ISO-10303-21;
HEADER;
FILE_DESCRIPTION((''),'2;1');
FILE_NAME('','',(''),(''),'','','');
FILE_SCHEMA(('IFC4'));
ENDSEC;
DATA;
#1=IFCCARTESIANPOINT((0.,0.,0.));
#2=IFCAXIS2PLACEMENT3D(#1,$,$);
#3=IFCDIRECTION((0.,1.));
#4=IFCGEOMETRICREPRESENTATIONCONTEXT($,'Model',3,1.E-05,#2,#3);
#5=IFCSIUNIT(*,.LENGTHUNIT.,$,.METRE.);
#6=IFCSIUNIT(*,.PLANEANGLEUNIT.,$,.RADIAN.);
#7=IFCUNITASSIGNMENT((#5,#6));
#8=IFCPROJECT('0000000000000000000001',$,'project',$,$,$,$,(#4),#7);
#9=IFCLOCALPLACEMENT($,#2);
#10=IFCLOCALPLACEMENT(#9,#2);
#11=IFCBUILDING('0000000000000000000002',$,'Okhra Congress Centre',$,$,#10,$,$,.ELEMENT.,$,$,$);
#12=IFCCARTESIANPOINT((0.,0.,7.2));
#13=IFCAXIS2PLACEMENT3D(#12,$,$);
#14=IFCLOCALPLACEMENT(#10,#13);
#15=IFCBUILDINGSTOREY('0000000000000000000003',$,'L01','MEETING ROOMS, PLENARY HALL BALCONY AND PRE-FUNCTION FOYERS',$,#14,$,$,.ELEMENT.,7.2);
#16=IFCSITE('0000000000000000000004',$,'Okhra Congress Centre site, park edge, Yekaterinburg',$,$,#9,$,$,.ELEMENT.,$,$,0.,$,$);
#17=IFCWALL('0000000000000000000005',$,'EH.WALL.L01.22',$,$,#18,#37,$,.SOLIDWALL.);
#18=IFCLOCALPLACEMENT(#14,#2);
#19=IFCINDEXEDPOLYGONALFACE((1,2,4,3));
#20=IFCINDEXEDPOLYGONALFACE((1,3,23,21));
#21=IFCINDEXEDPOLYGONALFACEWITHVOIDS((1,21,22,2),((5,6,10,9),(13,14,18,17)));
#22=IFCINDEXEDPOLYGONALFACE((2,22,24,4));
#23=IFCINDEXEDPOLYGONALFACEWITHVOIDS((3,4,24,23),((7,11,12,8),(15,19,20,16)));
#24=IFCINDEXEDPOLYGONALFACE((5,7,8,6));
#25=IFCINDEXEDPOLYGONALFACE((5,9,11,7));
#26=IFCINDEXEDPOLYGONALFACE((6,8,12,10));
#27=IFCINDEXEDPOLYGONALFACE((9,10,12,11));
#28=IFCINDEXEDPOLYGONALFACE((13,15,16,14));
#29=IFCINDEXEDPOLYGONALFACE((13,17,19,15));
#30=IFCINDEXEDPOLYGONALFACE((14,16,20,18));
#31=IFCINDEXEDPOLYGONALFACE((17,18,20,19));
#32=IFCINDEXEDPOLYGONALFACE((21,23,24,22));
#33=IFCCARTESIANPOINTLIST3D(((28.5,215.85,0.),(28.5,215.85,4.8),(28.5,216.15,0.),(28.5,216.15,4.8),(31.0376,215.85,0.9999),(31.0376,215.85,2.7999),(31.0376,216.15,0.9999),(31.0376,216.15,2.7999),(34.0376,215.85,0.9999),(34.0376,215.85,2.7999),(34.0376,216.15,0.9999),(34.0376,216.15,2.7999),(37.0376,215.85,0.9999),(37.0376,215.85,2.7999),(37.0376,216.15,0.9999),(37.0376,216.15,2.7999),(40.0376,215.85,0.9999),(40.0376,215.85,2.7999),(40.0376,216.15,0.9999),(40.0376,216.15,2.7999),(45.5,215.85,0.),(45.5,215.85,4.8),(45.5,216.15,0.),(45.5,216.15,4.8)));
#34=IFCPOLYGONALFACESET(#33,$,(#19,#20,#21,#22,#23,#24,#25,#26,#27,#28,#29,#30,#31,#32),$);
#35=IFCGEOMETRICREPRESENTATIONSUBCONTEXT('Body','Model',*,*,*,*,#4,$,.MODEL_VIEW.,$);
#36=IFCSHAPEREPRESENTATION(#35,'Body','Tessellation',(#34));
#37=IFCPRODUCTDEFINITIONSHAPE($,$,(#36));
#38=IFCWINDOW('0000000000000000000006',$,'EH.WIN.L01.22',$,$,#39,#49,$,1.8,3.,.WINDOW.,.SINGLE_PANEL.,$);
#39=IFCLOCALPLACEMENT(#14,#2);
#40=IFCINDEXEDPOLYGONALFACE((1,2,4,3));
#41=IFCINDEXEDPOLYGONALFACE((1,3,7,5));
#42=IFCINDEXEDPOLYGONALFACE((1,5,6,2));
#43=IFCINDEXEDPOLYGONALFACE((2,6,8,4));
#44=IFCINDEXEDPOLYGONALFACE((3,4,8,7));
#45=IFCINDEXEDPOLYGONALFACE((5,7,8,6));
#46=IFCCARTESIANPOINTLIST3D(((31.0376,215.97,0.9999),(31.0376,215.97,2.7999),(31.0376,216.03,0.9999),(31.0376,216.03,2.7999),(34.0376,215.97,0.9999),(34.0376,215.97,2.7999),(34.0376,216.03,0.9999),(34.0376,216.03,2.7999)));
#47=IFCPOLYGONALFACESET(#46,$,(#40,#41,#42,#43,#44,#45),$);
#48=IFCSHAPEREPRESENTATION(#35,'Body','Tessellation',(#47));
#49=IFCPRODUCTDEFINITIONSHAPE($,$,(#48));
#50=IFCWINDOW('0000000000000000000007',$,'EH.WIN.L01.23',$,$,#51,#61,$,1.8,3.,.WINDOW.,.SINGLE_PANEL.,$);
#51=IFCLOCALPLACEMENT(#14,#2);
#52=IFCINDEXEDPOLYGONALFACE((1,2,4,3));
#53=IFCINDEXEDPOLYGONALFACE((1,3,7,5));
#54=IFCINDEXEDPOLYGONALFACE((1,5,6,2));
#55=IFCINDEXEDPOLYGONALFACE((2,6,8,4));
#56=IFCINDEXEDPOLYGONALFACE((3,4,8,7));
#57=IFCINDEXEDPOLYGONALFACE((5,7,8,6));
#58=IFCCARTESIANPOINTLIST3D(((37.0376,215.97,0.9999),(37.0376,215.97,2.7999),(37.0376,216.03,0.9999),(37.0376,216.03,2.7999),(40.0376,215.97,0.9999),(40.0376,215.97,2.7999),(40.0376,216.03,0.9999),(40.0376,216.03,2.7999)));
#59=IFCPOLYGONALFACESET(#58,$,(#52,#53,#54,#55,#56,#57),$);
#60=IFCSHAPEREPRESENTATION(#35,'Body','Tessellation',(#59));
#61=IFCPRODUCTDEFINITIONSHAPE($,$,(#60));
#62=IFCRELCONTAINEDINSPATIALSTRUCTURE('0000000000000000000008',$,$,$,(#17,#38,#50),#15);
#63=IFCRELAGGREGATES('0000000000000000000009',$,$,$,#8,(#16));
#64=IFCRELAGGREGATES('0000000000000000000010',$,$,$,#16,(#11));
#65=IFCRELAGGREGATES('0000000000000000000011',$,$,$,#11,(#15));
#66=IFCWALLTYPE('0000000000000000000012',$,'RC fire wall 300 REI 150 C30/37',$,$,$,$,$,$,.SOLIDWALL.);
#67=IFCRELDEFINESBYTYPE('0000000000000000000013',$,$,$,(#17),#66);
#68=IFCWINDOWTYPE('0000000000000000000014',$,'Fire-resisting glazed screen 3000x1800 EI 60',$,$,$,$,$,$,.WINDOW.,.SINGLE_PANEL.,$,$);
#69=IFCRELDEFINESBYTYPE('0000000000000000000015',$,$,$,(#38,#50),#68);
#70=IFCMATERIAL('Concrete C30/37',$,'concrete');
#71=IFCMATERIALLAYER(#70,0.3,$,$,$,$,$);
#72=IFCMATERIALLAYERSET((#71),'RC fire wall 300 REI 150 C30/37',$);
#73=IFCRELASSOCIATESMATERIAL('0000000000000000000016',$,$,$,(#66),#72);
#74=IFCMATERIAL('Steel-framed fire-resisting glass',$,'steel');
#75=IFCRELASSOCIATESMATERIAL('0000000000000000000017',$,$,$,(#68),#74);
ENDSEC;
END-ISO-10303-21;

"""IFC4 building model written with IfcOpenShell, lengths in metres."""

from ifc_helpers import new_model, si_unit, direction, frame, frame_2d, origin, place, context, subcontext, project, spatial, rectangle, extrude, material, layer, layer_set, type_object, element, fill, save


model = new_model("IFC4")

# Units and contexts
model_context = context("Model", 3, precision=1e-05, world=origin(), true_north=direction((0.0, 1.0)))
body_context = subcontext(model_context, "Body", "Model", "MODEL_VIEW")
ifc_project = project(units=[si_unit("LENGTHUNIT", "METRE"), si_unit("PLANEANGLEUNIT", "RADIAN")], contexts=[model_context])

# Site, building, storey
site_placement = place(None, origin())
site = spatial("IfcSite", under=ifc_project, at=site_placement, Name="Okhra Congress Centre site, park edge, Yekaterinburg", CompositionType="ELEMENT", RefElevation=0.0)
building_placement = place(site_placement, origin())
building = spatial("IfcBuilding", under=site, at=building_placement, Name="Okhra Congress Centre", CompositionType="ELEMENT")
storey_placement = place(building_placement, frame((0.0, 0.0, 7.2)))
storey = spatial("IfcBuildingStorey", under=building, at=storey_placement, Name="L01", Description="MEETING ROOMS, PLENARY HALL BALCONY AND PRE-FUNCTION FOYERS", CompositionType="ELEMENT", Elevation=7.2)

# Wall, openings, windows
ifc_material_1 = material(Name="Concrete C30/37", Category="concrete")
ifc_layer = layer(ifc_material_1, 0.3)
ifc_layer_set = layer_set([ifc_layer], Name="RC fire wall 300 REI 150 C30/37")
wall_type = type_object("IfcWallType", Name="RC fire wall 300 REI 150 C30/37", PredefinedType="SOLIDWALL", material=ifc_layer_set)
wall_placement = place(storey_placement, frame((28.5, 216.0, 0.0), z_axis=(0.0, 0.0, 1.0), x_axis=(1.0, 0.0, 0.0)))
wall = element("IfcWall", 1, at=wall_placement, inside=storey, type_object=wall_type, Name="EH.WALL.L01.22", PredefinedType="SOLIDWALL", context=body_context, shape_type="SweptSolid", body=[
    extrude(rectangle(XDim=17.0, YDim=0.3, at=frame_2d((8.5, 0.0))), origin(), (0.0, 0.0, 1.0), 4.8),
])
opening_1_placement = place(wall_placement, frame((2.5376, 0.0, 1.0)))
opening_1 = element("IfcOpeningElement", 2, at=opening_1_placement, cuts=wall, PredefinedType="OPENING", context=body_context, shape_type="SweptSolid", body=[
    extrude(rectangle(XDim=3.0, YDim=1.8, at=frame_2d((1.5, 0.8999))), frame((0.0, 0.1599, 0.0), z_axis=(0.0, -1.0, 0.0), x_axis=(1.0, 0.0, 0.0)), (0.0, 0.0, 1.0), 0.3201),
])
opening_2_placement = place(wall_placement, frame((8.5376, 0.0, 1.0)))
opening_2 = element("IfcOpeningElement", 3, at=opening_2_placement, cuts=wall, PredefinedType="OPENING", context=body_context, shape_type="SweptSolid", body=[
    extrude(rectangle(XDim=3.0, YDim=1.8, at=frame_2d((1.5, 0.8999))), frame((0.0, 0.1599, 0.0), z_axis=(0.0, -1.0, 0.0), x_axis=(1.0, 0.0, 0.0)), (0.0, 0.0, 1.0), 0.3201),
])
ifc_material_2 = material(Name="Steel-framed fire-resisting glass", Category="steel")
window_type = type_object("IfcWindowType", Name="Fire-resisting glazed screen 3000x1800 EI 60", PartitioningType="SINGLE_PANEL", PredefinedType="WINDOW", material=ifc_material_2)
window_1_placement = place(opening_1_placement, origin())
window_1 = element("IfcWindow", 4, at=window_1_placement, inside=storey, type_object=window_type, Name="EH.WIN.L01.22", OverallHeight=1.8, OverallWidth=3.0, PartitioningType="SINGLE_PANEL", PredefinedType="WINDOW", context=body_context, shape_type="SweptSolid", body=[
    extrude(rectangle(XDim=3.0, YDim=1.8, at=frame_2d((1.5, 0.8999))), frame((0.0, 0.03, 0.0), z_axis=(0.0, -1.0, 0.0), x_axis=(1.0, 0.0, 0.0)), (0.0, 0.0, 1.0), 0.0601),
])
fill(opening_1, window_1)
window_2_placement = place(opening_2_placement, origin())
window_2 = element("IfcWindow", 5, at=window_2_placement, inside=storey, type_object=window_type, Name="EH.WIN.L01.23", OverallHeight=1.8, OverallWidth=3.0, PartitioningType="SINGLE_PANEL", PredefinedType="WINDOW", context=body_context, shape_type="SweptSolid", body=[
    extrude(rectangle(XDim=3.0, YDim=1.8, at=frame_2d((1.5, 0.8999))), frame((0.0, 0.03, 0.0), z_axis=(0.0, -1.0, 0.0), x_axis=(1.0, 0.0, 0.0)), (0.0, 0.0, 1.0), 0.0601),
])
fill(opening_2, window_2)

save(model, "model.ifc")
